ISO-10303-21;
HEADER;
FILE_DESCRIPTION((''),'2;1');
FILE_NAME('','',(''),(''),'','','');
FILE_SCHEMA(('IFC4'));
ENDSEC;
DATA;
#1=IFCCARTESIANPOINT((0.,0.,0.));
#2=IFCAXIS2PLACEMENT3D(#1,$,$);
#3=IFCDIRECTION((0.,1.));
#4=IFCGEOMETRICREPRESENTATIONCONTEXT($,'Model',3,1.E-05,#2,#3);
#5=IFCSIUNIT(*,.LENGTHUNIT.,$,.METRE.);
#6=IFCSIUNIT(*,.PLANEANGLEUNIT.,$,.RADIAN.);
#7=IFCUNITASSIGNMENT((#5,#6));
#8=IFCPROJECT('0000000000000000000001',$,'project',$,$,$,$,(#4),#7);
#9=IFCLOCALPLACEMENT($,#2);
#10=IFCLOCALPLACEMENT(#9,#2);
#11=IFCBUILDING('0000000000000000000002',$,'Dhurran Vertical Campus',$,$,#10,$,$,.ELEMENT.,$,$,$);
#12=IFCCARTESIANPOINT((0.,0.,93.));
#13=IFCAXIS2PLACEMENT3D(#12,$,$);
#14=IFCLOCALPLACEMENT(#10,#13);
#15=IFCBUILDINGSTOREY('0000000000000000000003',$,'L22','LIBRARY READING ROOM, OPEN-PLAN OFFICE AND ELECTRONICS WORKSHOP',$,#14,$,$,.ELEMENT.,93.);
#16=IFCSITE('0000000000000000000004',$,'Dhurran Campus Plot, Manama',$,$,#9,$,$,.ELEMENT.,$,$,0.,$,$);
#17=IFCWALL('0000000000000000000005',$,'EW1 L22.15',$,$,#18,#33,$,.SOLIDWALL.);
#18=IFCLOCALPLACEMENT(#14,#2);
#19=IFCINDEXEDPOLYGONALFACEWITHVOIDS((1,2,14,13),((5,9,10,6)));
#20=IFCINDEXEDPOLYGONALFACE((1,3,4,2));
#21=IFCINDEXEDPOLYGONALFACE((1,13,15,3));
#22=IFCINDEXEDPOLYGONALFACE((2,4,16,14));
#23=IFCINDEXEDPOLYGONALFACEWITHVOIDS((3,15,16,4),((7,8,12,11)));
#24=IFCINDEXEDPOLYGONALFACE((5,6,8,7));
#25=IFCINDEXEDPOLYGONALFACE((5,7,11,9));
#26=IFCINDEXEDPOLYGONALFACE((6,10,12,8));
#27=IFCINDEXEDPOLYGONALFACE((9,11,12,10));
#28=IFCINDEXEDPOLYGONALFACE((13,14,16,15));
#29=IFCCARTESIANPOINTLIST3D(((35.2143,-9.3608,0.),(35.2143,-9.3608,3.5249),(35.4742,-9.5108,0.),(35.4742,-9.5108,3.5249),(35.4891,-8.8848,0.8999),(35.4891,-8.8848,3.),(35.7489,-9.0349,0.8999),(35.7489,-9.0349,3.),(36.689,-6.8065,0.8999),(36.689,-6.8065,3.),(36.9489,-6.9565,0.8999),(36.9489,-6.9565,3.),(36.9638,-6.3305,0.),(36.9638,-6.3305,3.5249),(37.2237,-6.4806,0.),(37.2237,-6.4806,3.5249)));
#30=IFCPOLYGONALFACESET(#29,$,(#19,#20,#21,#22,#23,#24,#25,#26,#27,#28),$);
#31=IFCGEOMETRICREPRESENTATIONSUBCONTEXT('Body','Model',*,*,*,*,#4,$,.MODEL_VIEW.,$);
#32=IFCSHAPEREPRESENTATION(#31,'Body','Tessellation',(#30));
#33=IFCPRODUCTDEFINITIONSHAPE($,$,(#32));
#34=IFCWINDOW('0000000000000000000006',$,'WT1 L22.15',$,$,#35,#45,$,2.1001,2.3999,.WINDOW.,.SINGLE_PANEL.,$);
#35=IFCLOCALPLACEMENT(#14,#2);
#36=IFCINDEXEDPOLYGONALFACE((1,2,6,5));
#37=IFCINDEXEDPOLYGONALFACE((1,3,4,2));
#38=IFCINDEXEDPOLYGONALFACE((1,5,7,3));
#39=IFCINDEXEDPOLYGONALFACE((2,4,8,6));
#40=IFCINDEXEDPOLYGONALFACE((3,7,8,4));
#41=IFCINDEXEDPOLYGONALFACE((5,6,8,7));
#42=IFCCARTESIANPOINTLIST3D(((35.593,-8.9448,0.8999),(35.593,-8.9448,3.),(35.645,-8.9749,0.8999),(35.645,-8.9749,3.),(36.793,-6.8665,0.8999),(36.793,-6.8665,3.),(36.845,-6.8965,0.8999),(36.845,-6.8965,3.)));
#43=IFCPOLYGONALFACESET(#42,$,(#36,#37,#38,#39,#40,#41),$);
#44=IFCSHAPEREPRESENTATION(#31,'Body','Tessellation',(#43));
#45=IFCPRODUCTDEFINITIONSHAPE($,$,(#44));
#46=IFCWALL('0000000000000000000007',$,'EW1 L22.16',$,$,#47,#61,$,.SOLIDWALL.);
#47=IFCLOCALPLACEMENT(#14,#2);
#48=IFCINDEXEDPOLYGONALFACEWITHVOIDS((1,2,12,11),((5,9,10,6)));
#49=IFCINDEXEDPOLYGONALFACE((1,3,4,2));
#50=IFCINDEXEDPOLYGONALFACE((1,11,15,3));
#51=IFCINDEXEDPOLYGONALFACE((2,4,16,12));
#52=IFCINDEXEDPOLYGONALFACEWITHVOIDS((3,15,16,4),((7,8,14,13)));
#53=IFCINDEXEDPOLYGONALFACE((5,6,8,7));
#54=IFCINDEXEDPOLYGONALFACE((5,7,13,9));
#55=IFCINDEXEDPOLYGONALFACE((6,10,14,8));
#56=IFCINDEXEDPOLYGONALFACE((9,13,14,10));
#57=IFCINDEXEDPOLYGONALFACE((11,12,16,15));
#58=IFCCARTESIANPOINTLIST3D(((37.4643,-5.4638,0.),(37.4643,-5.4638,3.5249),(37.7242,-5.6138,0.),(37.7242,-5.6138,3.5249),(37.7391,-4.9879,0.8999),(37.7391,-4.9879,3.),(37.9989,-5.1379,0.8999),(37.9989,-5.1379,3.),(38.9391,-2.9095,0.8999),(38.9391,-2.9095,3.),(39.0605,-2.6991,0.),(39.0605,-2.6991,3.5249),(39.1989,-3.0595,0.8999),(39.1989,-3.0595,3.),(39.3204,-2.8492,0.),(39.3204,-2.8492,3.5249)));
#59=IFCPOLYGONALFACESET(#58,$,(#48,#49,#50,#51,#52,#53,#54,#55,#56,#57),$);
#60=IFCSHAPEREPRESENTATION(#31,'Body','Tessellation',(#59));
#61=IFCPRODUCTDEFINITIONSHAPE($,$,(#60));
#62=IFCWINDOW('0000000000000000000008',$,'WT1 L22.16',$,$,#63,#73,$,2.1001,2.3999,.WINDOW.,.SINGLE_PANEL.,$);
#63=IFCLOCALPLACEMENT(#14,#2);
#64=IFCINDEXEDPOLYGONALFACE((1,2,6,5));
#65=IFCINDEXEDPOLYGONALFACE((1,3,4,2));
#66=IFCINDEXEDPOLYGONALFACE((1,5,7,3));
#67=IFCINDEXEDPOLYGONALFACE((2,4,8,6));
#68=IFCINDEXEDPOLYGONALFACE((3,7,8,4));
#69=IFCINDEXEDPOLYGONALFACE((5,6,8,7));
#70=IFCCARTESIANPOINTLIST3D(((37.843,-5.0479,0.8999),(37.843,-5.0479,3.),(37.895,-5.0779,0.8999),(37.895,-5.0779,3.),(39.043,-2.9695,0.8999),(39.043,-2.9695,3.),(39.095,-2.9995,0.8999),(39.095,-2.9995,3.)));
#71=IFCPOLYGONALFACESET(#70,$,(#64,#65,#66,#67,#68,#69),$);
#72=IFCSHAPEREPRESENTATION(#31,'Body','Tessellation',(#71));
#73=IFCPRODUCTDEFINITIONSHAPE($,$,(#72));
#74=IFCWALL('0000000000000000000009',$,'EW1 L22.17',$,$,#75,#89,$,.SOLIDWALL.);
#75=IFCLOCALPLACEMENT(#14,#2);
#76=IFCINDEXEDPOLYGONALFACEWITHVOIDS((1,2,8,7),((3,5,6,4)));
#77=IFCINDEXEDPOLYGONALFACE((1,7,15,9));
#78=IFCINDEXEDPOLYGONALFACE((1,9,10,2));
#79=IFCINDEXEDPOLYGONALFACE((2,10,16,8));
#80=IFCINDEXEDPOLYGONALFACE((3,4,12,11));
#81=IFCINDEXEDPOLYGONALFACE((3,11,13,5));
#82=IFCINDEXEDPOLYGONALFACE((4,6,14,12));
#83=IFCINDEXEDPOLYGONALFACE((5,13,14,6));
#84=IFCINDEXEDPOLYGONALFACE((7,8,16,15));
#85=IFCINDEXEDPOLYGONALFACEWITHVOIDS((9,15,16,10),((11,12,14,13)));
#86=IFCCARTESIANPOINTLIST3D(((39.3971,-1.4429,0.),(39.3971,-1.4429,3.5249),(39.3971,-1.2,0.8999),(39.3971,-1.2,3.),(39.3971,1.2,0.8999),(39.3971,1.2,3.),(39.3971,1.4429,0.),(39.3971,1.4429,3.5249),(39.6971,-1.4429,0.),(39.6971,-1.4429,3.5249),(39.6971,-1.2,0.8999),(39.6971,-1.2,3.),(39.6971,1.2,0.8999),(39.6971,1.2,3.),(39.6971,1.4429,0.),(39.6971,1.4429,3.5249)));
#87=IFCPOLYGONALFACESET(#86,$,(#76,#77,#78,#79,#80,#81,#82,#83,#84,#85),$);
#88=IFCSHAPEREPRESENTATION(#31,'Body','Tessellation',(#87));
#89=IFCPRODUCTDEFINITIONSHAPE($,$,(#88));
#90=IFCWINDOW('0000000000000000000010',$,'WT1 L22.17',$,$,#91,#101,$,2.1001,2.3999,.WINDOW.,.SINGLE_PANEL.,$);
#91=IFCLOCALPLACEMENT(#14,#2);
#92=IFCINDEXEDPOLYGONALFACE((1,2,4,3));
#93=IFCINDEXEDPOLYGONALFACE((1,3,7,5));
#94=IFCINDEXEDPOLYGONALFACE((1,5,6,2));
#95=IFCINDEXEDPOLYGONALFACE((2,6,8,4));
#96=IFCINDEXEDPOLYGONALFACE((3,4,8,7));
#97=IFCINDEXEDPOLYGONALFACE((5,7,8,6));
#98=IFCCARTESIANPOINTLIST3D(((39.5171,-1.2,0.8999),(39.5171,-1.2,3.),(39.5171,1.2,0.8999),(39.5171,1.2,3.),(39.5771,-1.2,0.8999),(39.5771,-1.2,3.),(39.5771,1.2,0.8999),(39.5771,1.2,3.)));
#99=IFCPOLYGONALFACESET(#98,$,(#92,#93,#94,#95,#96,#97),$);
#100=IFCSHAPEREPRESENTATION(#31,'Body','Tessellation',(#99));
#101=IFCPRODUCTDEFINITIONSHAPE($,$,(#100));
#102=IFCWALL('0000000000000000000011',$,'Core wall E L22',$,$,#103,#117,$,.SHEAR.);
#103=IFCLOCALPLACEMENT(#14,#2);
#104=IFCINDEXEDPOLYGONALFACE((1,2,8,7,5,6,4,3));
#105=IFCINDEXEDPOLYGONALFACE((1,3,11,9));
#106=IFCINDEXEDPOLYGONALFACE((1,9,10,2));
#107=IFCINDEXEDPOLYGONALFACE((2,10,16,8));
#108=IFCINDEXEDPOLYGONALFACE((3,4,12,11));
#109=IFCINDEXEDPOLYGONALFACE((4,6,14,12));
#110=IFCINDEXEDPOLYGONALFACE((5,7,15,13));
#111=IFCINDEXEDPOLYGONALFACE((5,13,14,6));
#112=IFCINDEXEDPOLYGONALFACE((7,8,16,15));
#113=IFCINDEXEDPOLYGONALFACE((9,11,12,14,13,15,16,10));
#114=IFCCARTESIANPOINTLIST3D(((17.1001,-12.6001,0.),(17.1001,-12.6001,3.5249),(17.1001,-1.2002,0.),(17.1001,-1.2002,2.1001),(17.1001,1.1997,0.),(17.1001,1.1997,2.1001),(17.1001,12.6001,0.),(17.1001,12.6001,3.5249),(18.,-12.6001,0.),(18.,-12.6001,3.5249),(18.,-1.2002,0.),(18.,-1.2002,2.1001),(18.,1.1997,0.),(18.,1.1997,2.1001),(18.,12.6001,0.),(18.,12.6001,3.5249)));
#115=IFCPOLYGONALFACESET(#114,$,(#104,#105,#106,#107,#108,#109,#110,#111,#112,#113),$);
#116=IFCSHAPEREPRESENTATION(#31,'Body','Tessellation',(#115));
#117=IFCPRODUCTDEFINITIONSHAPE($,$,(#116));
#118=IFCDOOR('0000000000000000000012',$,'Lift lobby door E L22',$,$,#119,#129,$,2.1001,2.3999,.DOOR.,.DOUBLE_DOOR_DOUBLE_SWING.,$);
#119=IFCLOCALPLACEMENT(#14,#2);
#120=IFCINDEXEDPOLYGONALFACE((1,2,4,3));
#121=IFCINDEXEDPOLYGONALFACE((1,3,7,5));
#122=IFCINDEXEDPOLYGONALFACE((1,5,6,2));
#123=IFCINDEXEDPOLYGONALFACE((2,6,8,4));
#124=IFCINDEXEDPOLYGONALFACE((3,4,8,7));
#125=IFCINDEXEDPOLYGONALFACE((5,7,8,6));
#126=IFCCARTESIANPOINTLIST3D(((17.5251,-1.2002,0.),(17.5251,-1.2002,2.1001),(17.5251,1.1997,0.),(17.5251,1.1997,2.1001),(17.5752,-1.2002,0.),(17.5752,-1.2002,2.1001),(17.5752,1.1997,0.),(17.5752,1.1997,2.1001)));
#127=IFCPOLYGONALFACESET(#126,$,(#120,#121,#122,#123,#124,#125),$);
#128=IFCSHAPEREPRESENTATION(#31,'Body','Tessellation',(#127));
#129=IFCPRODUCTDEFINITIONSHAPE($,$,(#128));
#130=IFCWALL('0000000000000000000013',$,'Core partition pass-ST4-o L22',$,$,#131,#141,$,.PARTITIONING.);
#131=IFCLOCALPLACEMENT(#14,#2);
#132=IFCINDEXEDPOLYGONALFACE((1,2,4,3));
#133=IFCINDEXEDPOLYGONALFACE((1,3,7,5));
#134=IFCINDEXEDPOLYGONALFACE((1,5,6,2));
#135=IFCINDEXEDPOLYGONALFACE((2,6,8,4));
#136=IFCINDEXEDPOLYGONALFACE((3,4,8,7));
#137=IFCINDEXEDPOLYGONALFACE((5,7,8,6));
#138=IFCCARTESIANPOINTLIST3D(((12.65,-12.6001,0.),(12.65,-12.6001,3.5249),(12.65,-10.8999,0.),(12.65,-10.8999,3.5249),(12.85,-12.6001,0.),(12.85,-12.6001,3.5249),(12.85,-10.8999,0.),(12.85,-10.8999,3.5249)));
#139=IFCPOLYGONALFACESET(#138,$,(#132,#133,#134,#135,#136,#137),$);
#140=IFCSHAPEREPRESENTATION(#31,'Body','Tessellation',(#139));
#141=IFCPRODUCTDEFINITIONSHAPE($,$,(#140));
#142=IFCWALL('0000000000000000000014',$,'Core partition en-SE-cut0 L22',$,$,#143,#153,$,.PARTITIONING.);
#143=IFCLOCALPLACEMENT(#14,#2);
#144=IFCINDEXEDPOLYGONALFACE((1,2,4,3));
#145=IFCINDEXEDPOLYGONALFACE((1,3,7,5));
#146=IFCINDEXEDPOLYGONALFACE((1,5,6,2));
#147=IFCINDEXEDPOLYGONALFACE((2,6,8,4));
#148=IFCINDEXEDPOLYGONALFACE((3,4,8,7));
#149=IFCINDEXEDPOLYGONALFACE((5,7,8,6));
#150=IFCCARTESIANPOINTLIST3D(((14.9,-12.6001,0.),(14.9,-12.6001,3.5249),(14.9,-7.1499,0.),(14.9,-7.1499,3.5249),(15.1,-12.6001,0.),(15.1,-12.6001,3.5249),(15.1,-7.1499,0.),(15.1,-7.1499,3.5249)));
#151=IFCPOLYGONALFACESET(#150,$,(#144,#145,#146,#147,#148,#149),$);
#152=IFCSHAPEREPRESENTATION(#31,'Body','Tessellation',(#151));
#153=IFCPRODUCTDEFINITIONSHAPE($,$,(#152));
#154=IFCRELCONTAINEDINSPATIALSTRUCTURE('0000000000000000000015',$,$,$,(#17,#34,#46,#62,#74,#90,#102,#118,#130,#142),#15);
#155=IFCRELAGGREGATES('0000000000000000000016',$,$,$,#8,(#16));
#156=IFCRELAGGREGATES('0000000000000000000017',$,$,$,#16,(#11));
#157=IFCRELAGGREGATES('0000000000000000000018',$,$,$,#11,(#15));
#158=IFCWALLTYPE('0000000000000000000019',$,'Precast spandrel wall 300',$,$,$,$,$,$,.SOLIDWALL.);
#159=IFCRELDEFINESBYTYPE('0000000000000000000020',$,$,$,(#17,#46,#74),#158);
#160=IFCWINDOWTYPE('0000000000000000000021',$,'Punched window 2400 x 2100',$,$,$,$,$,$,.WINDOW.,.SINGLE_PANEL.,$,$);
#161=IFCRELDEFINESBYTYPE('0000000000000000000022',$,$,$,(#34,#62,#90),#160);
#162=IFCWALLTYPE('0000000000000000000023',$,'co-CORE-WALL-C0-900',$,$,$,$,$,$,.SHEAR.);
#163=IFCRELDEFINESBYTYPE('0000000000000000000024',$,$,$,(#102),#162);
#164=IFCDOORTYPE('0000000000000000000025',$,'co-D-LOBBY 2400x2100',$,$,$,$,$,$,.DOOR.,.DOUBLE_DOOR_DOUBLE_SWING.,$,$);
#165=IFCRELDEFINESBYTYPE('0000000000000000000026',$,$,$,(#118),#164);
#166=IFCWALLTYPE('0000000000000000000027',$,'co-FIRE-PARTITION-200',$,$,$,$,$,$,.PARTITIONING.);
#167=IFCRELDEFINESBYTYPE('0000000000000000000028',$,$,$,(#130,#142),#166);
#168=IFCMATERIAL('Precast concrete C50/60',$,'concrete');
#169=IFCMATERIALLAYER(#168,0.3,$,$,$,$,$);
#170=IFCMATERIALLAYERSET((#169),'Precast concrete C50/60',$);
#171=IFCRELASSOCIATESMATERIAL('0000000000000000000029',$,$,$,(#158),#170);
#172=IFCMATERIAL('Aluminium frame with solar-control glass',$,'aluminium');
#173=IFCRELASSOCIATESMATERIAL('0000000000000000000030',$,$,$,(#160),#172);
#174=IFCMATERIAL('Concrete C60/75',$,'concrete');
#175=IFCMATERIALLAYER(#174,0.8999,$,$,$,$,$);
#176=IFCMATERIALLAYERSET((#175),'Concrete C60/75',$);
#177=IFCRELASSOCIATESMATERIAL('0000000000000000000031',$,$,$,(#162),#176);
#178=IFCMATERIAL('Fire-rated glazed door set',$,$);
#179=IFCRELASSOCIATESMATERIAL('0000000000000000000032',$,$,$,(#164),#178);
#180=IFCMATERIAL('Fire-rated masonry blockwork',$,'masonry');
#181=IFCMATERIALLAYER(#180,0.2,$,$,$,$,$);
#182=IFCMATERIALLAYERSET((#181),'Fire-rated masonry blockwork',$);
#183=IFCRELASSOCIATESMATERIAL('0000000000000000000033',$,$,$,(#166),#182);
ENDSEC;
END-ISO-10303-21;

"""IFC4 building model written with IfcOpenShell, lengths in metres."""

from ifc_helpers import new_model, si_unit, direction, frame, frame_2d, origin, place, context, subcontext, project, spatial, rectangle, extrude, material, layer, layer_set, type_object, element, fill, save


model = new_model("IFC4")

# Units and contexts
model_context = context("Model", 3, precision=1e-05, world=origin(), true_north=direction((0.0, 1.0)))
body_context = subcontext(model_context, "Body", "Model", "MODEL_VIEW")
ifc_project = project(units=[si_unit("LENGTHUNIT", "METRE"), si_unit("PLANEANGLEUNIT", "RADIAN")], contexts=[model_context])

# Site, building, storey
site_placement = place(None, origin())
site = spatial("IfcSite", under=ifc_project, at=site_placement, Name="Dhurran Campus Plot, Manama", CompositionType="ELEMENT", RefElevation=0.0)
building_placement = place(site_placement, origin())
building = spatial("IfcBuilding", under=site, at=building_placement, Name="Dhurran Vertical Campus", CompositionType="ELEMENT")
storey_placement = place(building_placement, frame((0.0, 0.0, 93.0)))
storey = spatial("IfcBuildingStorey", under=building, at=storey_placement, Name="L22", Description="LIBRARY READING ROOM, OPEN-PLAN OFFICE AND ELECTRONICS WORKSHOP", CompositionType="ELEMENT", Elevation=93.0)

# Walls, openings, windows
ifc_material_1 = material(Name="Precast concrete C50/60", Category="concrete")
ifc_layer_1 = layer(ifc_material_1, 0.3)
ifc_layer_set_1 = layer_set([ifc_layer_1], Name="Precast concrete C50/60")
wall_type_1 = type_object("IfcWallType", Name="Precast spandrel wall 300", PredefinedType="SOLIDWALL", material=ifc_layer_set_1)
ifc_material_2 = material(Name="Aluminium frame with solar-control glass", Category="aluminium")
window_type = type_object("IfcWindowType", Name="Punched window 2400 x 2100", PartitioningType="SINGLE_PANEL", PredefinedType="WINDOW", material=ifc_material_2)
wall_1_placement = place(storey_placement, frame((35.3442, -9.4358, 0.0), z_axis=(0.0, 0.0, 1.0), x_axis=(0.499996, 0.866028, 0.0)))
wall_1 = element("IfcWall", 1, at=wall_1_placement, inside=storey, type_object=wall_type_1, Name="EW1 L22.15", PredefinedType="SOLIDWALL", context=body_context, shape_type="SweptSolid", body=[
    extrude(rectangle(XDim=3.499, YDim=0.3, at=frame_2d((1.7495, 0.0))), origin(), (0.0, 0.0, 1.0), 3.5249),
])
opening_1_placement = place(wall_1_placement, frame((0.5496, 0.0, 0.8999)))
opening_1 = element("IfcOpeningElement", 2, at=opening_1_placement, cuts=wall_1, PredefinedType="OPENING", context=body_context, shape_type="SweptSolid", body=[
    extrude(rectangle(XDim=2.3999, YDim=2.1001, at=frame_2d((1.2, 1.05))), frame((0.0, 0.1599, 0.0), z_axis=(0.0, -1.0, 0.0), x_axis=(1.0, 0.0, 0.0)), (0.0, 0.0, 1.0), 0.3201),
])
window_1_placement = place(opening_1_placement, origin())
window_1 = element("IfcWindow", 3, at=window_1_placement, inside=storey, type_object=window_type, Name="WT1 L22.15", OverallHeight=2.1001, OverallWidth=2.3999, PartitioningType="SINGLE_PANEL", PredefinedType="WINDOW", context=body_context, shape_type="SweptSolid", body=[
    extrude(rectangle(XDim=2.3999, YDim=2.1001, at=frame_2d((1.2, 1.05))), frame((0.0, 0.03, 0.0), z_axis=(0.0, -1.0, 0.0), x_axis=(1.0, 0.0, 0.0)), (0.0, 0.0, 1.0), 0.0601),
])
fill(opening_1, window_1)
wall_2_placement = place(storey_placement, frame((37.5942, -5.5388, 0.0), z_axis=(0.0, 0.0, 1.0), x_axis=(0.500005, 0.866023, 0.0)))
wall_2 = element("IfcWall", 4, at=wall_2_placement, inside=storey, type_object=wall_type_1, Name="EW1 L22.16", PredefinedType="SOLIDWALL", context=body_context, shape_type="SweptSolid", body=[
    extrude(rectangle(XDim=3.1924, YDim=0.3, at=frame_2d((1.5962, 0.0))), origin(), (0.0, 0.0, 1.0), 3.5249),
])
opening_2_placement = place(wall_2_placement, frame((0.5496, 0.0, 0.8999)))
opening_2 = element("IfcOpeningElement", 5, at=opening_2_placement, cuts=wall_2, PredefinedType="OPENING", context=body_context, shape_type="SweptSolid", body=[
    extrude(rectangle(XDim=2.3999, YDim=2.1001, at=frame_2d((1.2, 1.05))), frame((0.0, 0.1599, 0.0), z_axis=(0.0, -1.0, 0.0), x_axis=(1.0, 0.0, 0.0)), (0.0, 0.0, 1.0), 0.3201),
])
window_2_placement = place(opening_2_placement, origin())
window_2 = element("IfcWindow", 6, at=window_2_placement, inside=storey, type_object=window_type, Name="WT1 L22.16", OverallHeight=2.1001, OverallWidth=2.3999, PartitioningType="SINGLE_PANEL", PredefinedType="WINDOW", context=body_context, shape_type="SweptSolid", body=[
    extrude(rectangle(XDim=2.3999, YDim=2.1001, at=frame_2d((1.2, 1.05))), frame((0.0, 0.03, 0.0), z_axis=(0.0, -1.0, 0.0), x_axis=(1.0, 0.0, 0.0)), (0.0, 0.0, 1.0), 0.0601),
])
fill(opening_2, window_2)
wall_3_placement = place(storey_placement, frame((39.5471, -1.4429, 0.0), z_axis=(0.0, 0.0, 1.0), x_axis=(0.0, 1.0, 0.0)))
wall_3 = element("IfcWall", 7, at=wall_3_placement, inside=storey, type_object=wall_type_1, Name="EW1 L22.17", PredefinedType="SOLIDWALL", context=body_context, shape_type="SweptSolid", body=[
    extrude(rectangle(XDim=2.8857, YDim=0.3, at=frame_2d((1.4429, 0.0))), origin(), (0.0, 0.0, 1.0), 3.5249),
])
opening_3_placement = place(wall_3_placement, frame((0.2429, 0.0, 0.8999)))
opening_3 = element("IfcOpeningElement", 8, at=opening_3_placement, cuts=wall_3, PredefinedType="OPENING", context=body_context, shape_type="SweptSolid", body=[
    extrude(rectangle(XDim=2.3999, YDim=2.1001, at=frame_2d((1.2, 1.05))), frame((0.0, 0.1599, 0.0), z_axis=(0.0, -1.0, 0.0), x_axis=(1.0, 0.0, 0.0)), (0.0, 0.0, 1.0), 0.3201),
])
window_3_placement = place(opening_3_placement, origin())
window_3 = element("IfcWindow", 9, at=window_3_placement, inside=storey, type_object=window_type, Name="WT1 L22.17", OverallHeight=2.1001, OverallWidth=2.3999, PartitioningType="SINGLE_PANEL", PredefinedType="WINDOW", context=body_context, shape_type="SweptSolid", body=[
    extrude(rectangle(XDim=2.3999, YDim=2.1001, at=frame_2d((1.2, 1.05))), frame((0.0, 0.03, 0.0), z_axis=(0.0, -1.0, 0.0), x_axis=(1.0, 0.0, 0.0)), (0.0, 0.0, 1.0), 0.0601),
])
fill(opening_3, window_3)

# Wall, opening, door
ifc_material_3 = material(Name="Concrete C60/75", Category="concrete")
ifc_layer_2 = layer(ifc_material_3, 0.8999)
ifc_layer_set_2 = layer_set([ifc_layer_2], Name="Concrete C60/75")
wall_type_2 = type_object("IfcWallType", Name="co-CORE-WALL-C0-900", PredefinedType="SHEAR", material=ifc_layer_set_2)
wall_4_placement = place(storey_placement, frame((17.55, -12.6001, 0.0), z_axis=(0.0, 0.0, 1.0), x_axis=(0.0, 1.0, 0.0)))
wall_4 = element("IfcWall", 10, at=wall_4_placement, inside=storey, type_object=wall_type_2, Name="Core wall E L22", PredefinedType="SHEAR", context=body_context, shape_type="SweptSolid", body=[
    extrude(rectangle(XDim=25.2002, YDim=0.8999, at=frame_2d((12.6001, 0.0))), origin(), (0.0, 0.0, 1.0), 3.5249),
])
opening_4_placement = place(wall_4_placement, frame((11.3999, 0.0, 0.0)))
opening_4 = element("IfcOpeningElement", 11, at=opening_4_placement, cuts=wall_4, PredefinedType="OPENING", context=body_context, shape_type="SweptSolid", body=[
    extrude(rectangle(XDim=2.3999, YDim=2.1001, at=frame_2d((1.2, 1.05))), frame((0.0, 0.46, 0.0), z_axis=(0.0, -1.0, 0.0), x_axis=(1.0, 0.0, 0.0)), (0.0, 0.0, 1.0), 0.9199),
])
ifc_material_4 = material(Name="Fire-rated glazed door set")
door_type_1 = type_object("IfcDoorType", Name="co-D-LOBBY 2400x2100", OperationType="DOUBLE_DOOR_DOUBLE_SWING", PredefinedType="DOOR", material=ifc_material_4)
door_1_placement = place(opening_4_placement, origin())
door_1 = element("IfcDoor", 12, at=door_1_placement, inside=storey, type_object=door_type_1, Name="Lift lobby door E L22", OperationType="DOUBLE_DOOR_DOUBLE_SWING", OverallHeight=2.1001, OverallWidth=2.3999, PredefinedType="DOOR", context=body_context, shape_type="SweptSolid", body=[
    extrude(rectangle(XDim=2.3999, YDim=2.1001, at=frame_2d((1.2, 1.05))), frame((0.0, 0.0249, 0.0), z_axis=(0.0, -1.0, 0.0), x_axis=(1.0, 0.0, 0.0)), (0.0, 0.0, 1.0), 0.05),
])
fill(opening_4, door_1)

# Walls
ifc_material_5 = material(Name="Fire-rated masonry blockwork", Category="masonry")
ifc_layer_3 = layer(ifc_material_5, 0.2)
ifc_layer_set_3 = layer_set([ifc_layer_3], Name="Fire-rated masonry blockwork")
wall_type_3 = type_object("IfcWallType", Name="co-FIRE-PARTITION-200", PredefinedType="PARTITIONING", material=ifc_layer_set_3)
wall_5_placement = place(storey_placement, frame((12.75, -12.6001, 0.0), z_axis=(0.0, 0.0, 1.0), x_axis=(0.0, 1.0, 0.0)))
element("IfcWall", 13, at=wall_5_placement, inside=storey, type_object=wall_type_3, Name="Core partition pass-ST4-o L22", PredefinedType="PARTITIONING", context=body_context, shape_type="SweptSolid", body=[
    extrude(rectangle(XDim=1.7002, YDim=0.2, at=frame_2d((0.8501, 0.0))), origin(), (0.0, 0.0, 1.0), 3.5249),
])
wall_6_placement = place(storey_placement, frame((15.0, -12.6001, 0.0), z_axis=(0.0, 0.0, 1.0), x_axis=(0.0, 1.0, 0.0)))
element("IfcWall", 14, at=wall_6_placement, inside=storey, type_object=wall_type_3, Name="Core partition en-SE-cut0 L22", PredefinedType="PARTITIONING", context=body_context, shape_type="SweptSolid", body=[
    extrude(rectangle(XDim=5.4502, YDim=0.2, at=frame_2d((2.7251, 0.0))), origin(), (0.0, 0.0, 1.0), 3.5249),
])

save(model, "model.ifc")
